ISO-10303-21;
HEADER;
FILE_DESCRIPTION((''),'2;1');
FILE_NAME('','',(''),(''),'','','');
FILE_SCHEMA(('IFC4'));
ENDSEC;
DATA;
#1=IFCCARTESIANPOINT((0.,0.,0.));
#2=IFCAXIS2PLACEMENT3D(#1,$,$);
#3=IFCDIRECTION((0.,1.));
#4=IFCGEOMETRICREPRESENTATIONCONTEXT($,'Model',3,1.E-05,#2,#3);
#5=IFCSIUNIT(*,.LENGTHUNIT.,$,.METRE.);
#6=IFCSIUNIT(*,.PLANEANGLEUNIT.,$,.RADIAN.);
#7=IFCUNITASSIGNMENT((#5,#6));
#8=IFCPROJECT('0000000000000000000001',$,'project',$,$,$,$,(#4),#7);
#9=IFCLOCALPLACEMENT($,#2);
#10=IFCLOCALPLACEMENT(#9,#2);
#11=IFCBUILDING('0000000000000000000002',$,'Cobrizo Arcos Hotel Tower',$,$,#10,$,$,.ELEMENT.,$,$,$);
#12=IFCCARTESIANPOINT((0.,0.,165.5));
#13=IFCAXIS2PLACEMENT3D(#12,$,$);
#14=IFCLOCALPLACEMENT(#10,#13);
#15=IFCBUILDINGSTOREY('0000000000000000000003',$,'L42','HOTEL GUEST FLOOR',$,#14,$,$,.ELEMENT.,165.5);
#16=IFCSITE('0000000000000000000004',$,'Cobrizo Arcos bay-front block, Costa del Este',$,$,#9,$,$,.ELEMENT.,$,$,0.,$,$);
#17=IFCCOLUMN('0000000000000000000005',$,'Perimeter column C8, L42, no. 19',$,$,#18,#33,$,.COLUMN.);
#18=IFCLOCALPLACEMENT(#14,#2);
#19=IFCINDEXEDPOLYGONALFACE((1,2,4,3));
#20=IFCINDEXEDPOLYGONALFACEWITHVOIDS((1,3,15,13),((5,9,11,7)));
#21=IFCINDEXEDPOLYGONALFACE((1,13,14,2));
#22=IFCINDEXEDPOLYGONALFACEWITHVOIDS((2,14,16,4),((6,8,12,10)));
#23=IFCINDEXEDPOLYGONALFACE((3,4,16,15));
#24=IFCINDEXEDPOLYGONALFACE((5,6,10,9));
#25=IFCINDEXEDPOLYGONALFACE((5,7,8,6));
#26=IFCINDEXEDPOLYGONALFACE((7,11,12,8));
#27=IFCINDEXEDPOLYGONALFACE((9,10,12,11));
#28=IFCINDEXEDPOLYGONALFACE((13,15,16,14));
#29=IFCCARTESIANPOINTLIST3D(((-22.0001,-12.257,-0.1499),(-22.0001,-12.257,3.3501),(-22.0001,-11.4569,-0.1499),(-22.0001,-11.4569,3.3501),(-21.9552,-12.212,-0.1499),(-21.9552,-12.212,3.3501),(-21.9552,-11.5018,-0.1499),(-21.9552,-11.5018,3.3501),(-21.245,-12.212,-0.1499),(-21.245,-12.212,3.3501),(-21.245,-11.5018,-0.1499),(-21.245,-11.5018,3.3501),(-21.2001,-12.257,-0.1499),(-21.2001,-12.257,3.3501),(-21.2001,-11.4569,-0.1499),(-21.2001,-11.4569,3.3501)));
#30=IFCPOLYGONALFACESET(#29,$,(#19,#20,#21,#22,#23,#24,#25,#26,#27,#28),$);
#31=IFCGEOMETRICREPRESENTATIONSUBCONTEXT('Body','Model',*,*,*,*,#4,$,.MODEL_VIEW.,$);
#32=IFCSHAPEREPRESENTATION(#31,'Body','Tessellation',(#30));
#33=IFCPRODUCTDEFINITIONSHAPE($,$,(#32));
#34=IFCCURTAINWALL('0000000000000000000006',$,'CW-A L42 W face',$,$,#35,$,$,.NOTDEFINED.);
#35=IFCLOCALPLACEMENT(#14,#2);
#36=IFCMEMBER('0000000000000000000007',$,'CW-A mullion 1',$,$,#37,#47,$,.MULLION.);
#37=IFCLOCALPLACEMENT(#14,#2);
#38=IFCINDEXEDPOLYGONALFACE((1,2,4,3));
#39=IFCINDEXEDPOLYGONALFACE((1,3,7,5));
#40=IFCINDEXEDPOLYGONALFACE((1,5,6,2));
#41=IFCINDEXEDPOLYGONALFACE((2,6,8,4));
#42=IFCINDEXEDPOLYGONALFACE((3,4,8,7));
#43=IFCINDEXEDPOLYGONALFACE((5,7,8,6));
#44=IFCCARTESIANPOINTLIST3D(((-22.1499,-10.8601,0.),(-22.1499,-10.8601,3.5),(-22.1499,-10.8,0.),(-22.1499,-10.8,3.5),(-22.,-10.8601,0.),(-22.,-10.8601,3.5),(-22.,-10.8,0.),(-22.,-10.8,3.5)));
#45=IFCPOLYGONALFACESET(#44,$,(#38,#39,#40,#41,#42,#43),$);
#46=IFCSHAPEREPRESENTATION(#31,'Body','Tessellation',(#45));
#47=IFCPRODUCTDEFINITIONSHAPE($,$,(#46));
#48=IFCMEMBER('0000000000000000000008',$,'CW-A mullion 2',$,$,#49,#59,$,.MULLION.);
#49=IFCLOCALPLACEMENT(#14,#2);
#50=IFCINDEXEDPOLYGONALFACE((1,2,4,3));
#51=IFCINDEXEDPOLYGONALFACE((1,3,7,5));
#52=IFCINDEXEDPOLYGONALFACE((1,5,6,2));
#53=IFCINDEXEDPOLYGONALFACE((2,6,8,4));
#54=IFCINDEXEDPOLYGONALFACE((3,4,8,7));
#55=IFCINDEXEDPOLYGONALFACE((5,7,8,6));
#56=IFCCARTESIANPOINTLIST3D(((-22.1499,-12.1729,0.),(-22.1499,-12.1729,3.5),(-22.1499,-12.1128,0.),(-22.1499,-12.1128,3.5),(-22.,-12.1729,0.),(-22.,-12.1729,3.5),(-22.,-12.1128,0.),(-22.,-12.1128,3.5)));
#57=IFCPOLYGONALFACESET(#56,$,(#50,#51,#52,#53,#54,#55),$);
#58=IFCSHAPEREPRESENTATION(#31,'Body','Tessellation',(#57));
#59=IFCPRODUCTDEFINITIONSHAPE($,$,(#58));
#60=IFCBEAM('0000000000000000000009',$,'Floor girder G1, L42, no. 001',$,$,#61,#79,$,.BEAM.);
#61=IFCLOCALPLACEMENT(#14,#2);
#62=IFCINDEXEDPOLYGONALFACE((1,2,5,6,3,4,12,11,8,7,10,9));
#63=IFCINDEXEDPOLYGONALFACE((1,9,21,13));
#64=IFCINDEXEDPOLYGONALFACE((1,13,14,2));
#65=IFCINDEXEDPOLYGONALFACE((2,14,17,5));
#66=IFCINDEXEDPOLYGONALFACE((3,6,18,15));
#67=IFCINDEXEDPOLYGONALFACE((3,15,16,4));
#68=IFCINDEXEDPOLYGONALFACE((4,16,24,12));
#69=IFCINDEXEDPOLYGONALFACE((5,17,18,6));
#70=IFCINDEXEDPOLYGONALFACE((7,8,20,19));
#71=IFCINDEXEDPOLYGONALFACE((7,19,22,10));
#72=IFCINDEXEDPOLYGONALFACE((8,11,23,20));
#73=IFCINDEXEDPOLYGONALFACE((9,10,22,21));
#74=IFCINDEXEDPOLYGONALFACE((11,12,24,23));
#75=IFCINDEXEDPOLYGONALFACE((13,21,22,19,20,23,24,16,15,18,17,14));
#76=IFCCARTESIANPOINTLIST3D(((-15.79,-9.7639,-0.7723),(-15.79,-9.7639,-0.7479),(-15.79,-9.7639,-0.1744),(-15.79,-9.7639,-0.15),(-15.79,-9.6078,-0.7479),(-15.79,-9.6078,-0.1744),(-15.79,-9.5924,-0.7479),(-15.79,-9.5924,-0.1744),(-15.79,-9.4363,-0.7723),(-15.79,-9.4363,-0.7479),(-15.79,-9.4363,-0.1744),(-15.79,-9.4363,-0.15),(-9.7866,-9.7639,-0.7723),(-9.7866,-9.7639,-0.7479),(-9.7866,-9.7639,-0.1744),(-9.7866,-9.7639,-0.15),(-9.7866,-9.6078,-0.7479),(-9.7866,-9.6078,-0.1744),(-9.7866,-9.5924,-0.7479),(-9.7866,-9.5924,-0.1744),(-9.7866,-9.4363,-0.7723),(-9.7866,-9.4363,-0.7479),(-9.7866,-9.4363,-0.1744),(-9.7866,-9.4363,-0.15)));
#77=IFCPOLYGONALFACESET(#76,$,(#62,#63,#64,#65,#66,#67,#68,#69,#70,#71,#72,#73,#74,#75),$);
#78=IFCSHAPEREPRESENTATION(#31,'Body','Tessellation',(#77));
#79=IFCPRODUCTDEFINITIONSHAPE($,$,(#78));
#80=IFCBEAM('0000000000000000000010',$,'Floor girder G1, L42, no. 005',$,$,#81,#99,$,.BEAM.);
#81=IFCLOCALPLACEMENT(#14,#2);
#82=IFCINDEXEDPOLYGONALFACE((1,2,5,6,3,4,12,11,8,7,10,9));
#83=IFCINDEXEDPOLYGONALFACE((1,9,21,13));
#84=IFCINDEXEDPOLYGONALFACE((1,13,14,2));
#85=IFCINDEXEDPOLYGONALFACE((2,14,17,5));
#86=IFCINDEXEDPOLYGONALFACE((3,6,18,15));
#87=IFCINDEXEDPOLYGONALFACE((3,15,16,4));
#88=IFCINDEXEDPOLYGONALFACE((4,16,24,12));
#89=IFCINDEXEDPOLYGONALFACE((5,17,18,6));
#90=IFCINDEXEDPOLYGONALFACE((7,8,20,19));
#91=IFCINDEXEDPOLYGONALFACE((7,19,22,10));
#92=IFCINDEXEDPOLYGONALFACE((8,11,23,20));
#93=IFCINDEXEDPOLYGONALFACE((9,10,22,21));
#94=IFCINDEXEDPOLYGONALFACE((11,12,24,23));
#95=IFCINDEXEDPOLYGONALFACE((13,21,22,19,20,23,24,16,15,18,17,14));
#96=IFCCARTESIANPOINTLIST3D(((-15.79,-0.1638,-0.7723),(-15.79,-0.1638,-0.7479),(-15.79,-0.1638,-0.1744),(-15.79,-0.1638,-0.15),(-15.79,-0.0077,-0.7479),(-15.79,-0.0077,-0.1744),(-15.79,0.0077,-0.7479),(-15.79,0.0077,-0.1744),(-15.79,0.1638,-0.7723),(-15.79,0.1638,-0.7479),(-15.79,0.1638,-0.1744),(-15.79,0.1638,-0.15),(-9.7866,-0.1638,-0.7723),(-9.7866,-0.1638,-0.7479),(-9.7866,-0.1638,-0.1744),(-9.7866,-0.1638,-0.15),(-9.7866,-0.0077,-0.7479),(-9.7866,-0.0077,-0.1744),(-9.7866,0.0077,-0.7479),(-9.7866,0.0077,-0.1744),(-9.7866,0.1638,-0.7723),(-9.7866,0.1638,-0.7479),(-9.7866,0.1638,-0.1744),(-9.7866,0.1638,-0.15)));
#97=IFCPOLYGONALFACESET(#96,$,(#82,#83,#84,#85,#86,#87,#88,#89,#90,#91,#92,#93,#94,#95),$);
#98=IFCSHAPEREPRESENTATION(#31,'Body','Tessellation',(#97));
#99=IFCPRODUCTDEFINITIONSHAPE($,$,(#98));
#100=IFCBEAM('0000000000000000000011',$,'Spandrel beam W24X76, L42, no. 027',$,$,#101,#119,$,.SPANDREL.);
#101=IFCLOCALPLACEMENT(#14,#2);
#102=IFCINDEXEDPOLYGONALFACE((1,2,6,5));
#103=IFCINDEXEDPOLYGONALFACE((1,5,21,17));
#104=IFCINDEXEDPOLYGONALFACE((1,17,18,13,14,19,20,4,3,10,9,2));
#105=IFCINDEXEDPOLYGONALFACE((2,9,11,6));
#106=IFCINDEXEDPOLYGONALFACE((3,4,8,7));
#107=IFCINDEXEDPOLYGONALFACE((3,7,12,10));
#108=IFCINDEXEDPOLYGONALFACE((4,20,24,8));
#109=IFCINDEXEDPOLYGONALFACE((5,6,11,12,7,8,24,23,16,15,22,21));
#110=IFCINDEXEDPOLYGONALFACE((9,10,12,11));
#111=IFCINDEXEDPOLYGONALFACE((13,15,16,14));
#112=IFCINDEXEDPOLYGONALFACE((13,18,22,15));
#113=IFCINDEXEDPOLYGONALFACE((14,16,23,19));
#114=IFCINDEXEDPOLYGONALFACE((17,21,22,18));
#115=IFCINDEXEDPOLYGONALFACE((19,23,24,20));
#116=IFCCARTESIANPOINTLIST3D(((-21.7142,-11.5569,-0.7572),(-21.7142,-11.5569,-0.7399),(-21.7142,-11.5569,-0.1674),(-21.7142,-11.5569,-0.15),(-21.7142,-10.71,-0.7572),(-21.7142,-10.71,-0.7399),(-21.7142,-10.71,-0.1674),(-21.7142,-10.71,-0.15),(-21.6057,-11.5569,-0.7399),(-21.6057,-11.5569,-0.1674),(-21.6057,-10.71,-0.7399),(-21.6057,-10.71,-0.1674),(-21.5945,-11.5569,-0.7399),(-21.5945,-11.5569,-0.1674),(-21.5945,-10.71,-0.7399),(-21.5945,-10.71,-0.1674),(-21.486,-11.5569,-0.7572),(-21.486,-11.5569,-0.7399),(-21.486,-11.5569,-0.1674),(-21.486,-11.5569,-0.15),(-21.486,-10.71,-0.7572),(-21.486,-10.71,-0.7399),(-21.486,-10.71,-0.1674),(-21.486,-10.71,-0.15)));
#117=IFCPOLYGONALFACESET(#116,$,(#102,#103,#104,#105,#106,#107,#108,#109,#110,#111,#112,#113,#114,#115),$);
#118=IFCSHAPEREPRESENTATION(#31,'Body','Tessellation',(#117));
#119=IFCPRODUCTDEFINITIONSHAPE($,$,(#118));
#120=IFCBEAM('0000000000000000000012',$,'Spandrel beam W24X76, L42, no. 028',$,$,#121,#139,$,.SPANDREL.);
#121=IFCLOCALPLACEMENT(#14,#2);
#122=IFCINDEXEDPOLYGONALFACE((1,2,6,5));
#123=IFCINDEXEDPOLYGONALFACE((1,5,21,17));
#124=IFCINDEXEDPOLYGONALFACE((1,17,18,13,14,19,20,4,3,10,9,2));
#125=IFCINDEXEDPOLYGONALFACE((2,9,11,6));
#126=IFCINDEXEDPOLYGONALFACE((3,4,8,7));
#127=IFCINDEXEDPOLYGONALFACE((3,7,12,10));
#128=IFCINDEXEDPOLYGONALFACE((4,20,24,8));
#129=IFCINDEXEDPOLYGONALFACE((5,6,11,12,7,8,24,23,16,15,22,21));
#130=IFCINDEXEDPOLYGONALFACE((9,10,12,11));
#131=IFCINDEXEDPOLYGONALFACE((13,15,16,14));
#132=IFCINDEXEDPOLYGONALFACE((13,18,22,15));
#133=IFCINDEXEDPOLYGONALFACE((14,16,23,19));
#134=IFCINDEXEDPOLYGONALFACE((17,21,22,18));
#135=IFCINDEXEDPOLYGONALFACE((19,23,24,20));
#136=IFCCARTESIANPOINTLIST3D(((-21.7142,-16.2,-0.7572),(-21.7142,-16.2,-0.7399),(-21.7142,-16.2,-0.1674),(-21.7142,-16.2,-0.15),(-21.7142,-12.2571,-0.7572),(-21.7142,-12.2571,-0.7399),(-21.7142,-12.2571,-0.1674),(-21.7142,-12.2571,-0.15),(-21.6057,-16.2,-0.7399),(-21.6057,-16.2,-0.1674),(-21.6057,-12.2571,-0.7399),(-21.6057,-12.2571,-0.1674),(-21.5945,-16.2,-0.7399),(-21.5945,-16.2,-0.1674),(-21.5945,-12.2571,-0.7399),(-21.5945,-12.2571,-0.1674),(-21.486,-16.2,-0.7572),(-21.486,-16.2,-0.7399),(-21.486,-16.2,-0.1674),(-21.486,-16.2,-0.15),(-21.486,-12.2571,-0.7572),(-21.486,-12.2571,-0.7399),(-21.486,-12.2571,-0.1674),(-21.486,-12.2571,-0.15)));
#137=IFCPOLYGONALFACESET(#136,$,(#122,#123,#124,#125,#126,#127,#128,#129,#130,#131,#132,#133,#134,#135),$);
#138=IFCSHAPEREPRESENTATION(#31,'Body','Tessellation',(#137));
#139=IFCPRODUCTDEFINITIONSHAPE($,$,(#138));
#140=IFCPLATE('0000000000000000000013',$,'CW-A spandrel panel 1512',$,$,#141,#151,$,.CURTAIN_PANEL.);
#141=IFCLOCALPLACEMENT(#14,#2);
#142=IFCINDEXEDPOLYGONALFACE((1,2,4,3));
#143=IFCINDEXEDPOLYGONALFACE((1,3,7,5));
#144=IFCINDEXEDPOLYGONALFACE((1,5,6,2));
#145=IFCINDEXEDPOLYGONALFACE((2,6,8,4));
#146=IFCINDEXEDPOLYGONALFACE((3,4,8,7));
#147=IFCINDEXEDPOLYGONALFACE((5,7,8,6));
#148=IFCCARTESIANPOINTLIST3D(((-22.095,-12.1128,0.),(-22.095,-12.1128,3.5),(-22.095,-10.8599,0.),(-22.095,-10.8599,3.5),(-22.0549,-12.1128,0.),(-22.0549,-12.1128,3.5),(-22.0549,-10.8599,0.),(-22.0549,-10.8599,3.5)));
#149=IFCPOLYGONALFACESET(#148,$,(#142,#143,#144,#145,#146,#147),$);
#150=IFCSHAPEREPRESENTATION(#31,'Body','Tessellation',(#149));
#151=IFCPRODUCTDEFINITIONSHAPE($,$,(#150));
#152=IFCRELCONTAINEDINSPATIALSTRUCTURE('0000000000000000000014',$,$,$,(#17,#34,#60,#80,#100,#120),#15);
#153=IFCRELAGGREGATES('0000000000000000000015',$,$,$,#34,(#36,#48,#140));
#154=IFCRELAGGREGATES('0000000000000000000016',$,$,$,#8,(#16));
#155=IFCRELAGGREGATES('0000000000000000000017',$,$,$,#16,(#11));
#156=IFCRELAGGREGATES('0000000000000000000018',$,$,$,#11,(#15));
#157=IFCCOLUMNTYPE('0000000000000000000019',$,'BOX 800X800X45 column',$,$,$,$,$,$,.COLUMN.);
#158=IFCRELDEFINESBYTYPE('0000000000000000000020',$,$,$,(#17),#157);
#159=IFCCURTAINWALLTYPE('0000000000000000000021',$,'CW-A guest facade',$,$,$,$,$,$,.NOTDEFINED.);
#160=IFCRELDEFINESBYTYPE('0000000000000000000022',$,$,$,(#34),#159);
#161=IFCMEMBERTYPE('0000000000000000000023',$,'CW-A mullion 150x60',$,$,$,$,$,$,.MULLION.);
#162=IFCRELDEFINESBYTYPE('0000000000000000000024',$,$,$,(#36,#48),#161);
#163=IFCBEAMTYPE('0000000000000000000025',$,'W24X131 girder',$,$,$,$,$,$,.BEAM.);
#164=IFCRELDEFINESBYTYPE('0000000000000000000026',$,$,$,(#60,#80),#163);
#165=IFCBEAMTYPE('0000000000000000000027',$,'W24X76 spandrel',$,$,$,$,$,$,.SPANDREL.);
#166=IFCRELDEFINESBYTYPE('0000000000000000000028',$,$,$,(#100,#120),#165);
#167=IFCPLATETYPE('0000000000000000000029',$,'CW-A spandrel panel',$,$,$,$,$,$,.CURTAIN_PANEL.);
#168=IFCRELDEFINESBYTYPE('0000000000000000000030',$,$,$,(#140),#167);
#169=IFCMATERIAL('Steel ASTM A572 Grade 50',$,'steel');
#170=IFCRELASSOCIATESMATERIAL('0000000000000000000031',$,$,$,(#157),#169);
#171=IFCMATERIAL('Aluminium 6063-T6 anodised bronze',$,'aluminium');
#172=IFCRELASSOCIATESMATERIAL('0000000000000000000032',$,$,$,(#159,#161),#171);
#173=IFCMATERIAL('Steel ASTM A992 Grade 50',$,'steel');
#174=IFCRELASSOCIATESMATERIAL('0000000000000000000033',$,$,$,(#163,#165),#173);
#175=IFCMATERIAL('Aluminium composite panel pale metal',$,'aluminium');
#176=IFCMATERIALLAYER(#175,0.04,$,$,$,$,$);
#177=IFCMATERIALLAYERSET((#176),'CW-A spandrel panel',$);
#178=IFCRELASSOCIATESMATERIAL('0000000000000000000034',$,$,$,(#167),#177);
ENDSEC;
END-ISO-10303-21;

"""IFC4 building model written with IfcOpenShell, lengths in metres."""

from ifc_helpers import new_model, si_unit, direction, frame, origin, origin_2d, place, context, subcontext, project, spatial, rectangle, hollow_rectangle, i_section, extrude, material, layer, layer_set, material_profile, profile_set, type_object, element, aggregate, save


model = new_model("IFC4")

# Units and contexts
model_context = context("Model", 3, precision=1e-05, world=origin(), true_north=direction((0.0, 1.0)))
body_context = subcontext(model_context, "Body", "Model", "MODEL_VIEW")
ifc_project = project(units=[si_unit("LENGTHUNIT", "METRE"), si_unit("PLANEANGLEUNIT", "RADIAN")], contexts=[model_context])

# Site, building, storey
site_placement = place(None, origin())
site = spatial("IfcSite", under=ifc_project, at=site_placement, Name="Cobrizo Arcos bay-front block, Costa del Este", CompositionType="ELEMENT", RefElevation=0.0)
building_placement = place(site_placement, origin())
building = spatial("IfcBuilding", under=site, at=building_placement, Name="Cobrizo Arcos Hotel Tower", CompositionType="ELEMENT")
storey_placement = place(building_placement, frame((0.0, 0.0, 165.5)))
storey = spatial("IfcBuildingStorey", under=building, at=storey_placement, Name="L42", Description="HOTEL GUEST FLOOR", CompositionType="ELEMENT", Elevation=165.5)

# Column
ifc_material_1 = material(Name="Steel ASTM A572 Grade 50", Category="steel")
ifc_material_profile_1 = material_profile(ifc_material_1, hollow_rectangle(XDim=0.8, YDim=0.8, WallThickness=0.0449, at=origin_2d()), Name="BOX 800X800X45")
ifc_profile_set_1 = profile_set([ifc_material_profile_1], Name="Steel ASTM A572 Grade 50")
column_type = type_object("IfcColumnType", Name="BOX 800X800X45 column", PredefinedType="COLUMN", material=ifc_profile_set_1)
column_placement = place(storey_placement, frame((-21.6001, -11.8569, -0.1499), z_axis=(0.0, 0.0, 1.0), x_axis=(1.0, 0.0, 0.0)))
element("IfcColumn", 1, at=column_placement, inside=storey, type_object=column_type, Name="Perimeter column C8, L42, no. 19", PredefinedType="COLUMN", context=body_context, shape_type="SweptSolid", body=[
    extrude(hollow_rectangle(XDim=0.8, YDim=0.8, WallThickness=0.0449, at=origin_2d()), origin(), (0.0, 0.0, 1.0), 3.5),
])

# Curtain wall, members
ifc_material_2 = material(Name="Aluminium 6063-T6 anodised bronze", Category="aluminium")
curtain_wall_type = type_object("IfcCurtainWallType", Name="CW-A guest facade", PredefinedType="NOTDEFINED", material=ifc_material_2)
curtain_wall_placement = place(storey_placement, origin())
curtain_wall = element("IfcCurtainWall", 2, at=curtain_wall_placement, inside=storey, type_object=curtain_wall_type, Name="CW-A L42 W face", PredefinedType="NOTDEFINED")
ifc_material_profile_2 = material_profile(ifc_material_2, rectangle(XDim=0.1499, YDim=0.0601, at=origin_2d()), Name="CW-A mullion 150x60")
ifc_profile_set_2 = profile_set([ifc_material_profile_2], Name="Aluminium 6063-T6 anodised bronze")
member_type = type_object("IfcMemberType", Name="CW-A mullion 150x60", PredefinedType="MULLION", material=ifc_profile_set_2)
member_1_placement = place(storey_placement, frame((-22.075, -10.8301, 0.0), z_axis=(0.0, 0.0, 1.0), x_axis=(-1.0, 0.0, 0.0)))
member_1 = element("IfcMember", 3, at=member_1_placement, type_object=member_type, Name="CW-A mullion 1", PredefinedType="MULLION", context=body_context, shape_type="SweptSolid", body=[
    extrude(rectangle(XDim=0.1499, YDim=0.0601, at=origin_2d()), origin(), (0.0, 0.0, 1.0), 3.5),
])
member_2_placement = place(storey_placement, frame((-22.075, -12.1428, 0.0), z_axis=(0.0, 0.0, 1.0), x_axis=(-1.0, 0.0, 0.0)))
member_2 = element("IfcMember", 4, at=member_2_placement, type_object=member_type, Name="CW-A mullion 2", PredefinedType="MULLION", context=body_context, shape_type="SweptSolid", body=[
    extrude(rectangle(XDim=0.1499, YDim=0.0601, at=origin_2d()), origin(), (0.0, 0.0, 1.0), 3.5),
])

# Beams
ifc_material_3 = material(Name="Steel ASTM A992 Grade 50", Category="steel")
ifc_material_profile_3 = material_profile(ifc_material_3, i_section(OverallWidth=0.3276, OverallDepth=0.6223, WebThickness=0.0154, FlangeThickness=0.0244, at=origin_2d()), Name="W24X131")
ifc_profile_set_3 = profile_set([ifc_material_profile_3], Name="Steel ASTM A992 Grade 50")
beam_type_1 = type_object("IfcBeamType", Name="W24X131 girder", PredefinedType="BEAM", material=ifc_profile_set_3)
for number, where, z_axis, x_axis, name in (
    (5, (-15.79, -9.6001, -0.4612), (1.0, 0.0, 0.0), (0.0, 1.0, 0.0), "Floor girder G1, L42, no. 001"),
    (6, (-15.79, 0.0, -0.4612), (1.0, 0.0, 0.0), (0.0, 1.0, 0.0), "Floor girder G1, L42, no. 005"),
):
    element("IfcBeam", number, at=place(storey_placement, frame(where, z_axis=z_axis, x_axis=x_axis)), inside=storey, type_object=beam_type_1, Name=name, PredefinedType="BEAM", context=body_context, shape_type="SweptSolid", body=[
        extrude(i_section(OverallWidth=0.3276, OverallDepth=0.6223, WebThickness=0.0154, FlangeThickness=0.0244, at=origin_2d()), origin(), (0.0, 0.0, 1.0), 6.0034),
    ])
ifc_material_profile_4 = material_profile(ifc_material_3, i_section(OverallWidth=0.2283, OverallDepth=0.6072, WebThickness=0.0112, FlangeThickness=0.0173, at=origin_2d()), Name="W24X76")
ifc_profile_set_4 = profile_set([ifc_material_profile_4], Name="Steel ASTM A992 Grade 50")
beam_type_2 = type_object("IfcBeamType", Name="W24X76 spandrel", PredefinedType="SPANDREL", material=ifc_profile_set_4)
beam_1_placement = place(storey_placement, frame((-21.6001, -10.71, -0.4536), z_axis=(0.0, -1.0, 0.0), x_axis=(1.0, 0.0, 0.0)))
element("IfcBeam", 7, at=beam_1_placement, inside=storey, type_object=beam_type_2, Name="Spandrel beam W24X76, L42, no. 027", PredefinedType="SPANDREL", context=body_context, shape_type="SweptSolid", body=[
    extrude(i_section(OverallWidth=0.2283, OverallDepth=0.6072, WebThickness=0.0112, FlangeThickness=0.0173, at=origin_2d()), origin(), (0.0, 0.0, 1.0), 0.8469),
])
beam_2_placement = place(storey_placement, frame((-21.6001, -12.2571, -0.4536), z_axis=(0.0, -1.0, 0.0), x_axis=(1.0, 0.0, 0.0)))
element("IfcBeam", 8, at=beam_2_placement, inside=storey, type_object=beam_type_2, Name="Spandrel beam W24X76, L42, no. 028", PredefinedType="SPANDREL", context=body_context, shape_type="SweptSolid", body=[
    extrude(i_section(OverallWidth=0.2283, OverallDepth=0.6072, WebThickness=0.0112, FlangeThickness=0.0173, at=origin_2d()), origin(), (0.0, 0.0, 1.0), 3.9429),
])

# Plate
ifc_material_4 = material(Name="Aluminium composite panel pale metal", Category="aluminium")
ifc_layer_1 = layer(ifc_material_4, 0.04)
ifc_layer_set_1 = layer_set([ifc_layer_1], Name="CW-A spandrel panel")
plate_type = type_object("IfcPlateType", Name="CW-A spandrel panel", PredefinedType="CURTAIN_PANEL", material=ifc_layer_set_1)
plate_placement = place(storey_placement, frame((-22.075, -11.4863, 0.0), z_axis=(0.0, 0.0, 1.0), x_axis=(0.0, -1.0, 0.0)))
plate = element("IfcPlate", 9, at=plate_placement, type_object=plate_type, Name="CW-A spandrel panel 1512", PredefinedType="CURTAIN_PANEL", context=body_context, shape_type="SweptSolid", body=[
    extrude(rectangle(XDim=1.2529, YDim=0.04, at=origin_2d()), origin(), (0.0, 0.0, 1.0), 3.5),
])
aggregate(curtain_wall, [member_1, member_2, plate])

save(model, "model.ifc")
